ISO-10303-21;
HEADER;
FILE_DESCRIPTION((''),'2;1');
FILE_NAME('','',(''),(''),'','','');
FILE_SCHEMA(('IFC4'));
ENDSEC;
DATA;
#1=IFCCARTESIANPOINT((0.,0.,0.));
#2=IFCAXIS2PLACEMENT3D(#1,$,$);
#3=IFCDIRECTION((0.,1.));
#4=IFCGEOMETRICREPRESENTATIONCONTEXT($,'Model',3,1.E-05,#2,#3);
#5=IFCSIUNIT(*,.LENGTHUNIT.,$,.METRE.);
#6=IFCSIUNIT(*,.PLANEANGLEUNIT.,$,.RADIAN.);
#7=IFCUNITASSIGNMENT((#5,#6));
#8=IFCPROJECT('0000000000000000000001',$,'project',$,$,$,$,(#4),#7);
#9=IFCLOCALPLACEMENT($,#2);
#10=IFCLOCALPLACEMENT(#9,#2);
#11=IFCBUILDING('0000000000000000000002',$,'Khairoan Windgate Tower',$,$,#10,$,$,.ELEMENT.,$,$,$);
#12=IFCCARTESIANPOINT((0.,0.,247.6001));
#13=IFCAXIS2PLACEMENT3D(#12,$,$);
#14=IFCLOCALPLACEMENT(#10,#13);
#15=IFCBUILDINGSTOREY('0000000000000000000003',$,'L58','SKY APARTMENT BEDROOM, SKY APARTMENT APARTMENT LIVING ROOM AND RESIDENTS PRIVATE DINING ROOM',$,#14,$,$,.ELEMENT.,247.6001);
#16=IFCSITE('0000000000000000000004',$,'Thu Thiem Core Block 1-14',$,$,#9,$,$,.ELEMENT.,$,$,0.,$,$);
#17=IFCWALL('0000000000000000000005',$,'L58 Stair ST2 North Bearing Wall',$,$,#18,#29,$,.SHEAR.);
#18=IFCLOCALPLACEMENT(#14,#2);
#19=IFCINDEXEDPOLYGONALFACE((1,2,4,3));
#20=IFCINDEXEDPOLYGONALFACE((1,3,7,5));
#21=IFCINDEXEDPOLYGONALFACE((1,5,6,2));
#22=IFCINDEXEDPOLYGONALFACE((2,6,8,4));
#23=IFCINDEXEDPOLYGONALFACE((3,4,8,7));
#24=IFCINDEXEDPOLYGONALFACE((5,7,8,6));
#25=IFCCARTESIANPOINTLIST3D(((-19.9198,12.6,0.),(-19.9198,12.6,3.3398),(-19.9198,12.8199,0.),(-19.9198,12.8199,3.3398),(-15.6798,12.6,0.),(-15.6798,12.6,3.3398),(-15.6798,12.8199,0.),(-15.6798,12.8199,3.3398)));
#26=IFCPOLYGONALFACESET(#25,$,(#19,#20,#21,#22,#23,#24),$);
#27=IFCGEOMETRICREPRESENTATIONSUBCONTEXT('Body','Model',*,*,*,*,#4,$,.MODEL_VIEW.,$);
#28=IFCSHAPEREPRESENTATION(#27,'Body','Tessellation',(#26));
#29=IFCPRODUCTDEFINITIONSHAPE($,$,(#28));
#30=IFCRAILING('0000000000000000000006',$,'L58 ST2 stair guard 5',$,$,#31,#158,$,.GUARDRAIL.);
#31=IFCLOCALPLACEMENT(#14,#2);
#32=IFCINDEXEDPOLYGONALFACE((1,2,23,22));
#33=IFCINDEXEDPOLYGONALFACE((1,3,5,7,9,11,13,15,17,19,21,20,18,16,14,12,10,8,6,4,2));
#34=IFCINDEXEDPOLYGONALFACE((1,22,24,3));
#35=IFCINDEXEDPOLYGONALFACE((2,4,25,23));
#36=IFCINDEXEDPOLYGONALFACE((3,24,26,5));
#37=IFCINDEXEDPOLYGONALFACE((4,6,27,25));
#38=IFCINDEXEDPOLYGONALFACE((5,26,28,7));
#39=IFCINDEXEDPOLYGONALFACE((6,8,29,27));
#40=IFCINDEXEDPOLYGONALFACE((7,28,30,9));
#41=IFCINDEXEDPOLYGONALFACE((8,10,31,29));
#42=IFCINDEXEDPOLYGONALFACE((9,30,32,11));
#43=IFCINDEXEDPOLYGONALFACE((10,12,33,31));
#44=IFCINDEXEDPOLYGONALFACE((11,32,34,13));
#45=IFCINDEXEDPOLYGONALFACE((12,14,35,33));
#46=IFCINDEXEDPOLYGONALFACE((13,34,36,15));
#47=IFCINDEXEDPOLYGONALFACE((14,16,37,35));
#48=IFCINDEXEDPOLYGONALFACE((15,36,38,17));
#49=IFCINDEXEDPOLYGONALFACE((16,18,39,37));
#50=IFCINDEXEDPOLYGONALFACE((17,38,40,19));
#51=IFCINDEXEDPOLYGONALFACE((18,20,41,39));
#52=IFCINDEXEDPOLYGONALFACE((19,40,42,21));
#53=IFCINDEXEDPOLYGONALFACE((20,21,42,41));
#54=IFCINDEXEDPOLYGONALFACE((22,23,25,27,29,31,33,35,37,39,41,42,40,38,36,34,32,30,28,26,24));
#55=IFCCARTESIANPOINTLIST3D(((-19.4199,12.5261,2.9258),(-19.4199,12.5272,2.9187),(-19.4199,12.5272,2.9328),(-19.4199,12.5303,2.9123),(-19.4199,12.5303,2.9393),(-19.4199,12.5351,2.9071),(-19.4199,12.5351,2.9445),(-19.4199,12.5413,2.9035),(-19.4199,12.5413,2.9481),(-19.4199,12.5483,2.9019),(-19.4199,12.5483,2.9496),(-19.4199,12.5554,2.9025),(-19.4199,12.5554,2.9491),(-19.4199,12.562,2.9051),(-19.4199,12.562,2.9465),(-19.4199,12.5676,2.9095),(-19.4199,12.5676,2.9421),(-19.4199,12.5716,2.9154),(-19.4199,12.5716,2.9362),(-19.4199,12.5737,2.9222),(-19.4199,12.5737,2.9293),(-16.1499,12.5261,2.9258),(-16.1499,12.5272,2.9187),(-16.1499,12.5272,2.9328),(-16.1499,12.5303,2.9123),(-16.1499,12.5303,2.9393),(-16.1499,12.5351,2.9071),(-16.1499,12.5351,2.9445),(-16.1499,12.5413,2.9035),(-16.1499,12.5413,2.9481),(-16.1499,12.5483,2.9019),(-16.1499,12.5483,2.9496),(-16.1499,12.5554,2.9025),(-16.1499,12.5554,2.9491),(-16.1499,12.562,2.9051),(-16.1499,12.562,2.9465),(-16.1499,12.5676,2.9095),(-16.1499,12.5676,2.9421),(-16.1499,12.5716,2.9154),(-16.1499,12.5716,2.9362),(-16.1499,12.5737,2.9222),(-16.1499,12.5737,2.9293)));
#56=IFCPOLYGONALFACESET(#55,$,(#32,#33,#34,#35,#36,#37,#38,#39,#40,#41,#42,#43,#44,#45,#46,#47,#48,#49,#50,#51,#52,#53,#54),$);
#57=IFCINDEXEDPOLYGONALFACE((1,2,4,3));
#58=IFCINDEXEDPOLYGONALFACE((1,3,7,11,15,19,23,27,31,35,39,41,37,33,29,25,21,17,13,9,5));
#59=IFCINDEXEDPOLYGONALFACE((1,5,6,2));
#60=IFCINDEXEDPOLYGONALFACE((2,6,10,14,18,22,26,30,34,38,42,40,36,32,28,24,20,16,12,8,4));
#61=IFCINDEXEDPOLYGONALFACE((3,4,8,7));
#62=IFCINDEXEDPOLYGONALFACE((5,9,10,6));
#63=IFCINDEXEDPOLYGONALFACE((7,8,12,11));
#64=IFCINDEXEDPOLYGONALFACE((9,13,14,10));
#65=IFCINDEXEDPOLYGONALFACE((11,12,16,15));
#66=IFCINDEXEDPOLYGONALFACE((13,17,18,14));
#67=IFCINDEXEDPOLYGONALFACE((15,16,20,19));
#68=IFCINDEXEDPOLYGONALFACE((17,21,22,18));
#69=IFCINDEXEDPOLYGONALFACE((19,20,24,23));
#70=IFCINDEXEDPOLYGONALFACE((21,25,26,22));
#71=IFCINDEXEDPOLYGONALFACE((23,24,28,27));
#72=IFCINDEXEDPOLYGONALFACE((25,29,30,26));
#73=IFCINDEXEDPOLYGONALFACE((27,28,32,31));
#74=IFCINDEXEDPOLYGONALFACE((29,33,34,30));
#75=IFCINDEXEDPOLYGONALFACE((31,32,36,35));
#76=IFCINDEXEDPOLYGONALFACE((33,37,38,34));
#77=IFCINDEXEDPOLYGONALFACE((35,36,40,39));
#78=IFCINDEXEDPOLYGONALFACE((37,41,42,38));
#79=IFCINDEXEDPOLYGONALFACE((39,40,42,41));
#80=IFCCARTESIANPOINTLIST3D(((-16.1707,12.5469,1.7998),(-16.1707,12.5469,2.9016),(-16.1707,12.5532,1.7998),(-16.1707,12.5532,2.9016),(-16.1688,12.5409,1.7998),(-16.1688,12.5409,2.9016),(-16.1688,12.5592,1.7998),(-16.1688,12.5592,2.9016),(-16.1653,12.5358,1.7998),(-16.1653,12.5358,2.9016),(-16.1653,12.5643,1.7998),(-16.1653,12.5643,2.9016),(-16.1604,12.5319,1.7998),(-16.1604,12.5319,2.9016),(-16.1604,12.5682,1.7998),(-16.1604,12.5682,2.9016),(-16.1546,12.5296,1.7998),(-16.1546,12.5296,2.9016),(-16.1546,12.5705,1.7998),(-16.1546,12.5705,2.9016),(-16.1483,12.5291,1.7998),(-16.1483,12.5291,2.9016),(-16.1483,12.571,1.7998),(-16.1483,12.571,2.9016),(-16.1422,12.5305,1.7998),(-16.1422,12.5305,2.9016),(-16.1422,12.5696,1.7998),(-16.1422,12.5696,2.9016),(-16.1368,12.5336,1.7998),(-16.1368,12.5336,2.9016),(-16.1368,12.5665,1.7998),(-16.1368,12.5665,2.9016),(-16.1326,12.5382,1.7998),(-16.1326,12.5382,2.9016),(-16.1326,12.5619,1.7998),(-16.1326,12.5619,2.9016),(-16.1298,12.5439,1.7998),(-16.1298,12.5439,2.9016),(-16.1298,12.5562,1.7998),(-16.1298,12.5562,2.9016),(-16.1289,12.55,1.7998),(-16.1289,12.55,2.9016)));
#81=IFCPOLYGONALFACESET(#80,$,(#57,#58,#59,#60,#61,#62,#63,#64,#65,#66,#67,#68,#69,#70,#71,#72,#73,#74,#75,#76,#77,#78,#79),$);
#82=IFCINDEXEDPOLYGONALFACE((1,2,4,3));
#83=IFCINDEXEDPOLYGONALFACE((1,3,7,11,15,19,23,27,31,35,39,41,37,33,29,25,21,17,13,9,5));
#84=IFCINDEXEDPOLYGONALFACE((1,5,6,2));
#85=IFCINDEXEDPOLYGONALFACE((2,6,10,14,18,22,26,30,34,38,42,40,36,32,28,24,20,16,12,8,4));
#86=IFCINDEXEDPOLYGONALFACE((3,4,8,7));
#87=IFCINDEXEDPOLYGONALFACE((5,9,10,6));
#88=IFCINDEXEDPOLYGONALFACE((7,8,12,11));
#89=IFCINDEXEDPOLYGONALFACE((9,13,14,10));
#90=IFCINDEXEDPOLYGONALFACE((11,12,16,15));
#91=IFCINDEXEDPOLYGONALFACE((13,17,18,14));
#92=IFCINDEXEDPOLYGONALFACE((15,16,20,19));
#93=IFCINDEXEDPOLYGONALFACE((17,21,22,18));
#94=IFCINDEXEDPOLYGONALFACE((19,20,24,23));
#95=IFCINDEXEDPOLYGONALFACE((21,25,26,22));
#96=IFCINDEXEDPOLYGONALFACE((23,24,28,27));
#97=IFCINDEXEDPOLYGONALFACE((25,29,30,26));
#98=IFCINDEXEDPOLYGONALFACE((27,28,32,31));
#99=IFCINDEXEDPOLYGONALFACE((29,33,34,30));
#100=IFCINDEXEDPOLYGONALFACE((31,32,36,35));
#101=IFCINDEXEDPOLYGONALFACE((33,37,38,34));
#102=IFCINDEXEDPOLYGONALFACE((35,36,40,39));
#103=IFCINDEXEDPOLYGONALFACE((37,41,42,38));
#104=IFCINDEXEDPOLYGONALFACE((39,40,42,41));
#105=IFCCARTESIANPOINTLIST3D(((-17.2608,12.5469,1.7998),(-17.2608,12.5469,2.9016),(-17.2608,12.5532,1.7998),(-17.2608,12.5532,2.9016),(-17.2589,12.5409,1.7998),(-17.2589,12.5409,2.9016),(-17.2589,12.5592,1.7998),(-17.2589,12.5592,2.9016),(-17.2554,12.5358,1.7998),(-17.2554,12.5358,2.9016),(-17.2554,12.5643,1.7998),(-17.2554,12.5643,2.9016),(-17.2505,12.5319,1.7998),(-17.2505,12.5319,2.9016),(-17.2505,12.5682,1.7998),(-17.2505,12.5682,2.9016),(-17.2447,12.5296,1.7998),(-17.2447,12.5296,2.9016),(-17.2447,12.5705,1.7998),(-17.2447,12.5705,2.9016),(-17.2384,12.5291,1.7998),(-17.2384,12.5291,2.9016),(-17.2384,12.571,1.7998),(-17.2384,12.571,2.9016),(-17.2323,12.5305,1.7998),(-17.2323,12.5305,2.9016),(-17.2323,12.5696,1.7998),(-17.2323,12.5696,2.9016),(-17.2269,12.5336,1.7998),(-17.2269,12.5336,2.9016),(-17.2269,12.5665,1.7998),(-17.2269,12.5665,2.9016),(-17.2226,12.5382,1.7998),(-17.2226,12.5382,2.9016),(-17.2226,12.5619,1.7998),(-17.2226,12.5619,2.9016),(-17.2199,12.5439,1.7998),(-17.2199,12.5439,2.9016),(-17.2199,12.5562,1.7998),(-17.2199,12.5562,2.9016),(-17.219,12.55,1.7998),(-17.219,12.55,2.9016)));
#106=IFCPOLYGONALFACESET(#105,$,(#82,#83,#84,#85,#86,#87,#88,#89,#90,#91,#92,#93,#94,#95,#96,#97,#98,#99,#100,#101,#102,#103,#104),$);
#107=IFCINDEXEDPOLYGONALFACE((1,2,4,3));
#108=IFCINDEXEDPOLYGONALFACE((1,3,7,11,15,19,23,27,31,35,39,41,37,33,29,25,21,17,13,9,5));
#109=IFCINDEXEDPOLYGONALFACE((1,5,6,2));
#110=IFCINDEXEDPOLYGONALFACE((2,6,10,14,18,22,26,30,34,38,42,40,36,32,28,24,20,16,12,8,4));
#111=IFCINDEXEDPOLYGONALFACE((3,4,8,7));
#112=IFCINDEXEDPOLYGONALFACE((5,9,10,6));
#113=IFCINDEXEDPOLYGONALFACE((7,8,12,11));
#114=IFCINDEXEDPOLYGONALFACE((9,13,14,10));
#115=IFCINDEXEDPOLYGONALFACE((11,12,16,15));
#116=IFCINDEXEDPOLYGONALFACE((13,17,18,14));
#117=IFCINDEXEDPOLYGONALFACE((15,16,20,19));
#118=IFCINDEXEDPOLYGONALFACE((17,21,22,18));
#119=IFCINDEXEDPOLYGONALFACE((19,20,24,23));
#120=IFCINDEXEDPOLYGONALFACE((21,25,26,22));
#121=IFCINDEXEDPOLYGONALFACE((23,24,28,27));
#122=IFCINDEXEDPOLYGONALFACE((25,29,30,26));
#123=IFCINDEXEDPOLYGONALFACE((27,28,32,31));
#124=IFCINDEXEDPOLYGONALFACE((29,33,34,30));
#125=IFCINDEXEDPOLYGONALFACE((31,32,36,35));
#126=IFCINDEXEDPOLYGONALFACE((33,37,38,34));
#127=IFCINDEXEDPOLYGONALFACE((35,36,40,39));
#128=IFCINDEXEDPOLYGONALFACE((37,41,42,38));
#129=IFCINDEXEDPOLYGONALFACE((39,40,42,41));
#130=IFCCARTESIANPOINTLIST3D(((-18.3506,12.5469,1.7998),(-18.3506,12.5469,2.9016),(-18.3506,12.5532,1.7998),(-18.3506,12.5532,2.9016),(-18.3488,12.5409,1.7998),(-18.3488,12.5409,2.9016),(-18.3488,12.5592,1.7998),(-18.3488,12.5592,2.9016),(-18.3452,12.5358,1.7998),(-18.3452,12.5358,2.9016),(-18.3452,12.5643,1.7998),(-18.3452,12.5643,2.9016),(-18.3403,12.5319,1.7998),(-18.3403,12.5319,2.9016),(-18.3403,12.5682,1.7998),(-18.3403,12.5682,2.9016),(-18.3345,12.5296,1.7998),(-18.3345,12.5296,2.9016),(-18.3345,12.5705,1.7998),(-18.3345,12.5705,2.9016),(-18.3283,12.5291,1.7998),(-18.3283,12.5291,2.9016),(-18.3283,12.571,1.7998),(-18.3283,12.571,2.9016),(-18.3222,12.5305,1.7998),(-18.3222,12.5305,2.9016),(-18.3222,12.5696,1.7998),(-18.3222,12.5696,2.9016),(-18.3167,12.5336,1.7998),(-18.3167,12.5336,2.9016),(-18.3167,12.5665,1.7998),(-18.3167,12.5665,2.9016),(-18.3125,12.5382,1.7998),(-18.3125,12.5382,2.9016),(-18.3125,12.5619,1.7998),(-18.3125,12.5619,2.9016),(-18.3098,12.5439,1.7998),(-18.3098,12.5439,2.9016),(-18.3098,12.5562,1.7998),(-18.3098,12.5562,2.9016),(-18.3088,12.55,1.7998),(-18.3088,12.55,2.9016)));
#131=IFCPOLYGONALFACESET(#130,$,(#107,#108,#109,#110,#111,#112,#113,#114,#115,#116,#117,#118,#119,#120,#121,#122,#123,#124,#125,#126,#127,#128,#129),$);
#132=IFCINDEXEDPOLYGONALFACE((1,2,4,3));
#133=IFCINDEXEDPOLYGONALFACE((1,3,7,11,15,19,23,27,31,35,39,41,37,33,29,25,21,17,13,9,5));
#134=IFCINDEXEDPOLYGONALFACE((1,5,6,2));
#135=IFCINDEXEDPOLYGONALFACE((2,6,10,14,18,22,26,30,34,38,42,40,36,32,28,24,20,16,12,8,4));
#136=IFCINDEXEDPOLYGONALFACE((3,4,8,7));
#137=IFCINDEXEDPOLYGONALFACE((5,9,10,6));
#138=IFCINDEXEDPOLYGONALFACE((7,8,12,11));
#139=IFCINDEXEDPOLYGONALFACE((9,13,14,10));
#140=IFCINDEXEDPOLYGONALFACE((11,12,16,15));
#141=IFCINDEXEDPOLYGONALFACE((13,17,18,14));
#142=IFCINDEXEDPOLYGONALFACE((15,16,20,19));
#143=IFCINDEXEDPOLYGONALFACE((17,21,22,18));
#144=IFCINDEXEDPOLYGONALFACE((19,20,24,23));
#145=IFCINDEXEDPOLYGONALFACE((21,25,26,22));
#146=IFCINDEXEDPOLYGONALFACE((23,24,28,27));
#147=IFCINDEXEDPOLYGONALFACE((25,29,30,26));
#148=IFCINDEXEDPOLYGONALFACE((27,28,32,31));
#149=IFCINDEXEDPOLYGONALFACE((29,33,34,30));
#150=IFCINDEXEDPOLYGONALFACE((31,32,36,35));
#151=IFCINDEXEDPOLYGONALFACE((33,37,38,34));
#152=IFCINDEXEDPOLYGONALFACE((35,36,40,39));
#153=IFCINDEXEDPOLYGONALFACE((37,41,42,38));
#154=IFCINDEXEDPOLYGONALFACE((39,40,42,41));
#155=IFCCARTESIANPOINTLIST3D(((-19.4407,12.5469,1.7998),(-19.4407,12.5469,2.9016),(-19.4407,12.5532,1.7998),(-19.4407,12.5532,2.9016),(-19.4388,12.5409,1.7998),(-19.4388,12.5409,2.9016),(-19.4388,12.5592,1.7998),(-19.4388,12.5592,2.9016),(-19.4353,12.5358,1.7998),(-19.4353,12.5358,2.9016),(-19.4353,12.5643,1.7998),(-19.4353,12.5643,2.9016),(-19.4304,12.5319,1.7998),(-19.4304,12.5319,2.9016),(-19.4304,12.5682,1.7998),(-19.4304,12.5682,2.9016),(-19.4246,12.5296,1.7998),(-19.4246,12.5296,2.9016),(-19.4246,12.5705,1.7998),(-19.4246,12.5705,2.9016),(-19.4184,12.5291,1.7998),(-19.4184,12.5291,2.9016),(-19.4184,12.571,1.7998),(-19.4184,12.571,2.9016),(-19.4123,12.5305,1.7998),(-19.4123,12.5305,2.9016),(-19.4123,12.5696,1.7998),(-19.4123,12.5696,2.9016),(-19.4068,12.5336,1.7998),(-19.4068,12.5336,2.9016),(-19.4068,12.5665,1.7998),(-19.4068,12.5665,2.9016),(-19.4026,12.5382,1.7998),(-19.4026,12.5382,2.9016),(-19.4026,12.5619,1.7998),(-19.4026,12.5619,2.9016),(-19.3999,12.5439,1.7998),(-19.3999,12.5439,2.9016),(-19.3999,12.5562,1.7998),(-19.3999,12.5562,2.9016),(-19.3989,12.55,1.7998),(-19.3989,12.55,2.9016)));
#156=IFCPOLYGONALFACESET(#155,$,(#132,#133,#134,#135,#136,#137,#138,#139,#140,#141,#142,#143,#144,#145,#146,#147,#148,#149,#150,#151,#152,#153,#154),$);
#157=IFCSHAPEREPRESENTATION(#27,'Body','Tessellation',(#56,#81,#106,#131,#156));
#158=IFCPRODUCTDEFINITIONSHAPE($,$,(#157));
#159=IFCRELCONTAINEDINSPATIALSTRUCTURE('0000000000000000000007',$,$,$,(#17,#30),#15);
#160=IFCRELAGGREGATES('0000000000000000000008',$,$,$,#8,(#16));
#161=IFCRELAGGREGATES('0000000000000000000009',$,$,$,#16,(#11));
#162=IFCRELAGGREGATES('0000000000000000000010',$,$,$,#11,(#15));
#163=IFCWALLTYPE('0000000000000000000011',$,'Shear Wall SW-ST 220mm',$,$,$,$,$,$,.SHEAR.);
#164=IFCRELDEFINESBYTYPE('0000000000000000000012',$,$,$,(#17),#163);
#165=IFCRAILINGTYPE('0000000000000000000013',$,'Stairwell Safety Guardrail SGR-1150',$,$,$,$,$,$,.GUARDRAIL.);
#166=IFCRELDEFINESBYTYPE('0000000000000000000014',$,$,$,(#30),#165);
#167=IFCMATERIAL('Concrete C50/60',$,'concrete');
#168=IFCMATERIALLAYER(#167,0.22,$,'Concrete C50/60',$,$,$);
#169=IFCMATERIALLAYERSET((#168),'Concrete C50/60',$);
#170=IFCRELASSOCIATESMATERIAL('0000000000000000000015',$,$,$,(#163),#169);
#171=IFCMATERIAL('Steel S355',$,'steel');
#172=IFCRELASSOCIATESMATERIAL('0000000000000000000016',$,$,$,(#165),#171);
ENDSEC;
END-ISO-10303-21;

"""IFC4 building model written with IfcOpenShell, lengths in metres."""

from ifc_helpers import new_model, si_unit, direction, frame, frame_2d, origin, origin_2d, place, context, subcontext, project, spatial, rectangle, circle, extrude, material, layer, layer_set, type_object, element, save


model = new_model("IFC4")

# Units and contexts
model_context = context("Model", 3, precision=1e-05, world=origin(), true_north=direction((0.0, 1.0)))
body_context = subcontext(model_context, "Body", "Model", "MODEL_VIEW")
ifc_project = project(units=[si_unit("LENGTHUNIT", "METRE"), si_unit("PLANEANGLEUNIT", "RADIAN")], contexts=[model_context])

# Site, building, storey
site_placement = place(None, origin())
site = spatial("IfcSite", under=ifc_project, at=site_placement, Name="Thu Thiem Core Block 1-14", CompositionType="ELEMENT", RefElevation=0.0)
building_placement = place(site_placement, origin())
building = spatial("IfcBuilding", under=site, at=building_placement, Name="Khairoan Windgate Tower", CompositionType="ELEMENT")
storey_placement = place(building_placement, frame((0.0, 0.0, 247.6001)))
storey = spatial("IfcBuildingStorey", under=building, at=storey_placement, Name="L58", Description="SKY APARTMENT BEDROOM, SKY APARTMENT APARTMENT LIVING ROOM AND RESIDENTS PRIVATE DINING ROOM", CompositionType="ELEMENT", Elevation=247.6001)

# Wall
ifc_material_1 = material(Name="Concrete C50/60", Category="concrete")
ifc_layer_1 = layer(ifc_material_1, 0.22, Name="Concrete C50/60")
ifc_layer_set_1 = layer_set([ifc_layer_1], Name="Concrete C50/60")
wall_type_1 = type_object("IfcWallType", Name="Shear Wall SW-ST 220mm", PredefinedType="SHEAR", material=ifc_layer_set_1)
wall_1_placement = place(storey_placement, frame((-19.9199, 12.71, 0.0), z_axis=(0.0, 0.0, 1.0), x_axis=(1.0, 0.0, 0.0)))
element("IfcWall", 1, at=wall_1_placement, inside=storey, type_object=wall_type_1, Name="L58 Stair ST2 North Bearing Wall", PredefinedType="SHEAR", context=body_context, shape_type="SweptSolid", body=[
    extrude(rectangle(XDim=4.24, YDim=0.22, at=frame_2d((2.1201, 0.0))), origin(), (0.0, 0.0, 1.0), 3.3398),
])

# Railing
ifc_material_2 = material(Name="Steel S355", Category="steel")
railing_type = type_object("IfcRailingType", Name="Stairwell Safety Guardrail SGR-1150", PredefinedType="GUARDRAIL", material=ifc_material_2)
railing_1_placement = place(storey_placement, frame((-16.1499, 12.55, 1.7998)))
element("IfcRailing", 2, at=railing_1_placement, inside=storey, type_object=railing_type, Name="L58 ST2 stair guard 5", PredefinedType="GUARDRAIL", context=body_context, shape_type="SweptSolid", body=[
    extrude(circle(Radius=0.0239, at=origin_2d()), frame((0.0, 0.0, 1.126), z_axis=(-1.0, 0.0, 0.0), x_axis=(0.0, -1.0, 0.0)), (0.0, 0.0, 1.0), 3.27),
    extrude(circle(Radius=0.021, at=origin_2d()), origin(), (0.0, 0.0, 1.0), 1.1018),
    extrude(circle(Radius=0.021, at=origin_2d()), frame((-1.0901, 0.0, 0.0)), (0.0, 0.0, 1.0), 1.1018),
    extrude(circle(Radius=0.021, at=origin_2d()), frame((-2.1799, 0.0, 0.0)), (0.0, 0.0, 1.0), 1.1018),
    extrude(circle(Radius=0.021, at=origin_2d()), frame((-3.27, 0.0, 0.0)), (0.0, 0.0, 1.0), 1.1018),
])

save(model, "model.ifc")
